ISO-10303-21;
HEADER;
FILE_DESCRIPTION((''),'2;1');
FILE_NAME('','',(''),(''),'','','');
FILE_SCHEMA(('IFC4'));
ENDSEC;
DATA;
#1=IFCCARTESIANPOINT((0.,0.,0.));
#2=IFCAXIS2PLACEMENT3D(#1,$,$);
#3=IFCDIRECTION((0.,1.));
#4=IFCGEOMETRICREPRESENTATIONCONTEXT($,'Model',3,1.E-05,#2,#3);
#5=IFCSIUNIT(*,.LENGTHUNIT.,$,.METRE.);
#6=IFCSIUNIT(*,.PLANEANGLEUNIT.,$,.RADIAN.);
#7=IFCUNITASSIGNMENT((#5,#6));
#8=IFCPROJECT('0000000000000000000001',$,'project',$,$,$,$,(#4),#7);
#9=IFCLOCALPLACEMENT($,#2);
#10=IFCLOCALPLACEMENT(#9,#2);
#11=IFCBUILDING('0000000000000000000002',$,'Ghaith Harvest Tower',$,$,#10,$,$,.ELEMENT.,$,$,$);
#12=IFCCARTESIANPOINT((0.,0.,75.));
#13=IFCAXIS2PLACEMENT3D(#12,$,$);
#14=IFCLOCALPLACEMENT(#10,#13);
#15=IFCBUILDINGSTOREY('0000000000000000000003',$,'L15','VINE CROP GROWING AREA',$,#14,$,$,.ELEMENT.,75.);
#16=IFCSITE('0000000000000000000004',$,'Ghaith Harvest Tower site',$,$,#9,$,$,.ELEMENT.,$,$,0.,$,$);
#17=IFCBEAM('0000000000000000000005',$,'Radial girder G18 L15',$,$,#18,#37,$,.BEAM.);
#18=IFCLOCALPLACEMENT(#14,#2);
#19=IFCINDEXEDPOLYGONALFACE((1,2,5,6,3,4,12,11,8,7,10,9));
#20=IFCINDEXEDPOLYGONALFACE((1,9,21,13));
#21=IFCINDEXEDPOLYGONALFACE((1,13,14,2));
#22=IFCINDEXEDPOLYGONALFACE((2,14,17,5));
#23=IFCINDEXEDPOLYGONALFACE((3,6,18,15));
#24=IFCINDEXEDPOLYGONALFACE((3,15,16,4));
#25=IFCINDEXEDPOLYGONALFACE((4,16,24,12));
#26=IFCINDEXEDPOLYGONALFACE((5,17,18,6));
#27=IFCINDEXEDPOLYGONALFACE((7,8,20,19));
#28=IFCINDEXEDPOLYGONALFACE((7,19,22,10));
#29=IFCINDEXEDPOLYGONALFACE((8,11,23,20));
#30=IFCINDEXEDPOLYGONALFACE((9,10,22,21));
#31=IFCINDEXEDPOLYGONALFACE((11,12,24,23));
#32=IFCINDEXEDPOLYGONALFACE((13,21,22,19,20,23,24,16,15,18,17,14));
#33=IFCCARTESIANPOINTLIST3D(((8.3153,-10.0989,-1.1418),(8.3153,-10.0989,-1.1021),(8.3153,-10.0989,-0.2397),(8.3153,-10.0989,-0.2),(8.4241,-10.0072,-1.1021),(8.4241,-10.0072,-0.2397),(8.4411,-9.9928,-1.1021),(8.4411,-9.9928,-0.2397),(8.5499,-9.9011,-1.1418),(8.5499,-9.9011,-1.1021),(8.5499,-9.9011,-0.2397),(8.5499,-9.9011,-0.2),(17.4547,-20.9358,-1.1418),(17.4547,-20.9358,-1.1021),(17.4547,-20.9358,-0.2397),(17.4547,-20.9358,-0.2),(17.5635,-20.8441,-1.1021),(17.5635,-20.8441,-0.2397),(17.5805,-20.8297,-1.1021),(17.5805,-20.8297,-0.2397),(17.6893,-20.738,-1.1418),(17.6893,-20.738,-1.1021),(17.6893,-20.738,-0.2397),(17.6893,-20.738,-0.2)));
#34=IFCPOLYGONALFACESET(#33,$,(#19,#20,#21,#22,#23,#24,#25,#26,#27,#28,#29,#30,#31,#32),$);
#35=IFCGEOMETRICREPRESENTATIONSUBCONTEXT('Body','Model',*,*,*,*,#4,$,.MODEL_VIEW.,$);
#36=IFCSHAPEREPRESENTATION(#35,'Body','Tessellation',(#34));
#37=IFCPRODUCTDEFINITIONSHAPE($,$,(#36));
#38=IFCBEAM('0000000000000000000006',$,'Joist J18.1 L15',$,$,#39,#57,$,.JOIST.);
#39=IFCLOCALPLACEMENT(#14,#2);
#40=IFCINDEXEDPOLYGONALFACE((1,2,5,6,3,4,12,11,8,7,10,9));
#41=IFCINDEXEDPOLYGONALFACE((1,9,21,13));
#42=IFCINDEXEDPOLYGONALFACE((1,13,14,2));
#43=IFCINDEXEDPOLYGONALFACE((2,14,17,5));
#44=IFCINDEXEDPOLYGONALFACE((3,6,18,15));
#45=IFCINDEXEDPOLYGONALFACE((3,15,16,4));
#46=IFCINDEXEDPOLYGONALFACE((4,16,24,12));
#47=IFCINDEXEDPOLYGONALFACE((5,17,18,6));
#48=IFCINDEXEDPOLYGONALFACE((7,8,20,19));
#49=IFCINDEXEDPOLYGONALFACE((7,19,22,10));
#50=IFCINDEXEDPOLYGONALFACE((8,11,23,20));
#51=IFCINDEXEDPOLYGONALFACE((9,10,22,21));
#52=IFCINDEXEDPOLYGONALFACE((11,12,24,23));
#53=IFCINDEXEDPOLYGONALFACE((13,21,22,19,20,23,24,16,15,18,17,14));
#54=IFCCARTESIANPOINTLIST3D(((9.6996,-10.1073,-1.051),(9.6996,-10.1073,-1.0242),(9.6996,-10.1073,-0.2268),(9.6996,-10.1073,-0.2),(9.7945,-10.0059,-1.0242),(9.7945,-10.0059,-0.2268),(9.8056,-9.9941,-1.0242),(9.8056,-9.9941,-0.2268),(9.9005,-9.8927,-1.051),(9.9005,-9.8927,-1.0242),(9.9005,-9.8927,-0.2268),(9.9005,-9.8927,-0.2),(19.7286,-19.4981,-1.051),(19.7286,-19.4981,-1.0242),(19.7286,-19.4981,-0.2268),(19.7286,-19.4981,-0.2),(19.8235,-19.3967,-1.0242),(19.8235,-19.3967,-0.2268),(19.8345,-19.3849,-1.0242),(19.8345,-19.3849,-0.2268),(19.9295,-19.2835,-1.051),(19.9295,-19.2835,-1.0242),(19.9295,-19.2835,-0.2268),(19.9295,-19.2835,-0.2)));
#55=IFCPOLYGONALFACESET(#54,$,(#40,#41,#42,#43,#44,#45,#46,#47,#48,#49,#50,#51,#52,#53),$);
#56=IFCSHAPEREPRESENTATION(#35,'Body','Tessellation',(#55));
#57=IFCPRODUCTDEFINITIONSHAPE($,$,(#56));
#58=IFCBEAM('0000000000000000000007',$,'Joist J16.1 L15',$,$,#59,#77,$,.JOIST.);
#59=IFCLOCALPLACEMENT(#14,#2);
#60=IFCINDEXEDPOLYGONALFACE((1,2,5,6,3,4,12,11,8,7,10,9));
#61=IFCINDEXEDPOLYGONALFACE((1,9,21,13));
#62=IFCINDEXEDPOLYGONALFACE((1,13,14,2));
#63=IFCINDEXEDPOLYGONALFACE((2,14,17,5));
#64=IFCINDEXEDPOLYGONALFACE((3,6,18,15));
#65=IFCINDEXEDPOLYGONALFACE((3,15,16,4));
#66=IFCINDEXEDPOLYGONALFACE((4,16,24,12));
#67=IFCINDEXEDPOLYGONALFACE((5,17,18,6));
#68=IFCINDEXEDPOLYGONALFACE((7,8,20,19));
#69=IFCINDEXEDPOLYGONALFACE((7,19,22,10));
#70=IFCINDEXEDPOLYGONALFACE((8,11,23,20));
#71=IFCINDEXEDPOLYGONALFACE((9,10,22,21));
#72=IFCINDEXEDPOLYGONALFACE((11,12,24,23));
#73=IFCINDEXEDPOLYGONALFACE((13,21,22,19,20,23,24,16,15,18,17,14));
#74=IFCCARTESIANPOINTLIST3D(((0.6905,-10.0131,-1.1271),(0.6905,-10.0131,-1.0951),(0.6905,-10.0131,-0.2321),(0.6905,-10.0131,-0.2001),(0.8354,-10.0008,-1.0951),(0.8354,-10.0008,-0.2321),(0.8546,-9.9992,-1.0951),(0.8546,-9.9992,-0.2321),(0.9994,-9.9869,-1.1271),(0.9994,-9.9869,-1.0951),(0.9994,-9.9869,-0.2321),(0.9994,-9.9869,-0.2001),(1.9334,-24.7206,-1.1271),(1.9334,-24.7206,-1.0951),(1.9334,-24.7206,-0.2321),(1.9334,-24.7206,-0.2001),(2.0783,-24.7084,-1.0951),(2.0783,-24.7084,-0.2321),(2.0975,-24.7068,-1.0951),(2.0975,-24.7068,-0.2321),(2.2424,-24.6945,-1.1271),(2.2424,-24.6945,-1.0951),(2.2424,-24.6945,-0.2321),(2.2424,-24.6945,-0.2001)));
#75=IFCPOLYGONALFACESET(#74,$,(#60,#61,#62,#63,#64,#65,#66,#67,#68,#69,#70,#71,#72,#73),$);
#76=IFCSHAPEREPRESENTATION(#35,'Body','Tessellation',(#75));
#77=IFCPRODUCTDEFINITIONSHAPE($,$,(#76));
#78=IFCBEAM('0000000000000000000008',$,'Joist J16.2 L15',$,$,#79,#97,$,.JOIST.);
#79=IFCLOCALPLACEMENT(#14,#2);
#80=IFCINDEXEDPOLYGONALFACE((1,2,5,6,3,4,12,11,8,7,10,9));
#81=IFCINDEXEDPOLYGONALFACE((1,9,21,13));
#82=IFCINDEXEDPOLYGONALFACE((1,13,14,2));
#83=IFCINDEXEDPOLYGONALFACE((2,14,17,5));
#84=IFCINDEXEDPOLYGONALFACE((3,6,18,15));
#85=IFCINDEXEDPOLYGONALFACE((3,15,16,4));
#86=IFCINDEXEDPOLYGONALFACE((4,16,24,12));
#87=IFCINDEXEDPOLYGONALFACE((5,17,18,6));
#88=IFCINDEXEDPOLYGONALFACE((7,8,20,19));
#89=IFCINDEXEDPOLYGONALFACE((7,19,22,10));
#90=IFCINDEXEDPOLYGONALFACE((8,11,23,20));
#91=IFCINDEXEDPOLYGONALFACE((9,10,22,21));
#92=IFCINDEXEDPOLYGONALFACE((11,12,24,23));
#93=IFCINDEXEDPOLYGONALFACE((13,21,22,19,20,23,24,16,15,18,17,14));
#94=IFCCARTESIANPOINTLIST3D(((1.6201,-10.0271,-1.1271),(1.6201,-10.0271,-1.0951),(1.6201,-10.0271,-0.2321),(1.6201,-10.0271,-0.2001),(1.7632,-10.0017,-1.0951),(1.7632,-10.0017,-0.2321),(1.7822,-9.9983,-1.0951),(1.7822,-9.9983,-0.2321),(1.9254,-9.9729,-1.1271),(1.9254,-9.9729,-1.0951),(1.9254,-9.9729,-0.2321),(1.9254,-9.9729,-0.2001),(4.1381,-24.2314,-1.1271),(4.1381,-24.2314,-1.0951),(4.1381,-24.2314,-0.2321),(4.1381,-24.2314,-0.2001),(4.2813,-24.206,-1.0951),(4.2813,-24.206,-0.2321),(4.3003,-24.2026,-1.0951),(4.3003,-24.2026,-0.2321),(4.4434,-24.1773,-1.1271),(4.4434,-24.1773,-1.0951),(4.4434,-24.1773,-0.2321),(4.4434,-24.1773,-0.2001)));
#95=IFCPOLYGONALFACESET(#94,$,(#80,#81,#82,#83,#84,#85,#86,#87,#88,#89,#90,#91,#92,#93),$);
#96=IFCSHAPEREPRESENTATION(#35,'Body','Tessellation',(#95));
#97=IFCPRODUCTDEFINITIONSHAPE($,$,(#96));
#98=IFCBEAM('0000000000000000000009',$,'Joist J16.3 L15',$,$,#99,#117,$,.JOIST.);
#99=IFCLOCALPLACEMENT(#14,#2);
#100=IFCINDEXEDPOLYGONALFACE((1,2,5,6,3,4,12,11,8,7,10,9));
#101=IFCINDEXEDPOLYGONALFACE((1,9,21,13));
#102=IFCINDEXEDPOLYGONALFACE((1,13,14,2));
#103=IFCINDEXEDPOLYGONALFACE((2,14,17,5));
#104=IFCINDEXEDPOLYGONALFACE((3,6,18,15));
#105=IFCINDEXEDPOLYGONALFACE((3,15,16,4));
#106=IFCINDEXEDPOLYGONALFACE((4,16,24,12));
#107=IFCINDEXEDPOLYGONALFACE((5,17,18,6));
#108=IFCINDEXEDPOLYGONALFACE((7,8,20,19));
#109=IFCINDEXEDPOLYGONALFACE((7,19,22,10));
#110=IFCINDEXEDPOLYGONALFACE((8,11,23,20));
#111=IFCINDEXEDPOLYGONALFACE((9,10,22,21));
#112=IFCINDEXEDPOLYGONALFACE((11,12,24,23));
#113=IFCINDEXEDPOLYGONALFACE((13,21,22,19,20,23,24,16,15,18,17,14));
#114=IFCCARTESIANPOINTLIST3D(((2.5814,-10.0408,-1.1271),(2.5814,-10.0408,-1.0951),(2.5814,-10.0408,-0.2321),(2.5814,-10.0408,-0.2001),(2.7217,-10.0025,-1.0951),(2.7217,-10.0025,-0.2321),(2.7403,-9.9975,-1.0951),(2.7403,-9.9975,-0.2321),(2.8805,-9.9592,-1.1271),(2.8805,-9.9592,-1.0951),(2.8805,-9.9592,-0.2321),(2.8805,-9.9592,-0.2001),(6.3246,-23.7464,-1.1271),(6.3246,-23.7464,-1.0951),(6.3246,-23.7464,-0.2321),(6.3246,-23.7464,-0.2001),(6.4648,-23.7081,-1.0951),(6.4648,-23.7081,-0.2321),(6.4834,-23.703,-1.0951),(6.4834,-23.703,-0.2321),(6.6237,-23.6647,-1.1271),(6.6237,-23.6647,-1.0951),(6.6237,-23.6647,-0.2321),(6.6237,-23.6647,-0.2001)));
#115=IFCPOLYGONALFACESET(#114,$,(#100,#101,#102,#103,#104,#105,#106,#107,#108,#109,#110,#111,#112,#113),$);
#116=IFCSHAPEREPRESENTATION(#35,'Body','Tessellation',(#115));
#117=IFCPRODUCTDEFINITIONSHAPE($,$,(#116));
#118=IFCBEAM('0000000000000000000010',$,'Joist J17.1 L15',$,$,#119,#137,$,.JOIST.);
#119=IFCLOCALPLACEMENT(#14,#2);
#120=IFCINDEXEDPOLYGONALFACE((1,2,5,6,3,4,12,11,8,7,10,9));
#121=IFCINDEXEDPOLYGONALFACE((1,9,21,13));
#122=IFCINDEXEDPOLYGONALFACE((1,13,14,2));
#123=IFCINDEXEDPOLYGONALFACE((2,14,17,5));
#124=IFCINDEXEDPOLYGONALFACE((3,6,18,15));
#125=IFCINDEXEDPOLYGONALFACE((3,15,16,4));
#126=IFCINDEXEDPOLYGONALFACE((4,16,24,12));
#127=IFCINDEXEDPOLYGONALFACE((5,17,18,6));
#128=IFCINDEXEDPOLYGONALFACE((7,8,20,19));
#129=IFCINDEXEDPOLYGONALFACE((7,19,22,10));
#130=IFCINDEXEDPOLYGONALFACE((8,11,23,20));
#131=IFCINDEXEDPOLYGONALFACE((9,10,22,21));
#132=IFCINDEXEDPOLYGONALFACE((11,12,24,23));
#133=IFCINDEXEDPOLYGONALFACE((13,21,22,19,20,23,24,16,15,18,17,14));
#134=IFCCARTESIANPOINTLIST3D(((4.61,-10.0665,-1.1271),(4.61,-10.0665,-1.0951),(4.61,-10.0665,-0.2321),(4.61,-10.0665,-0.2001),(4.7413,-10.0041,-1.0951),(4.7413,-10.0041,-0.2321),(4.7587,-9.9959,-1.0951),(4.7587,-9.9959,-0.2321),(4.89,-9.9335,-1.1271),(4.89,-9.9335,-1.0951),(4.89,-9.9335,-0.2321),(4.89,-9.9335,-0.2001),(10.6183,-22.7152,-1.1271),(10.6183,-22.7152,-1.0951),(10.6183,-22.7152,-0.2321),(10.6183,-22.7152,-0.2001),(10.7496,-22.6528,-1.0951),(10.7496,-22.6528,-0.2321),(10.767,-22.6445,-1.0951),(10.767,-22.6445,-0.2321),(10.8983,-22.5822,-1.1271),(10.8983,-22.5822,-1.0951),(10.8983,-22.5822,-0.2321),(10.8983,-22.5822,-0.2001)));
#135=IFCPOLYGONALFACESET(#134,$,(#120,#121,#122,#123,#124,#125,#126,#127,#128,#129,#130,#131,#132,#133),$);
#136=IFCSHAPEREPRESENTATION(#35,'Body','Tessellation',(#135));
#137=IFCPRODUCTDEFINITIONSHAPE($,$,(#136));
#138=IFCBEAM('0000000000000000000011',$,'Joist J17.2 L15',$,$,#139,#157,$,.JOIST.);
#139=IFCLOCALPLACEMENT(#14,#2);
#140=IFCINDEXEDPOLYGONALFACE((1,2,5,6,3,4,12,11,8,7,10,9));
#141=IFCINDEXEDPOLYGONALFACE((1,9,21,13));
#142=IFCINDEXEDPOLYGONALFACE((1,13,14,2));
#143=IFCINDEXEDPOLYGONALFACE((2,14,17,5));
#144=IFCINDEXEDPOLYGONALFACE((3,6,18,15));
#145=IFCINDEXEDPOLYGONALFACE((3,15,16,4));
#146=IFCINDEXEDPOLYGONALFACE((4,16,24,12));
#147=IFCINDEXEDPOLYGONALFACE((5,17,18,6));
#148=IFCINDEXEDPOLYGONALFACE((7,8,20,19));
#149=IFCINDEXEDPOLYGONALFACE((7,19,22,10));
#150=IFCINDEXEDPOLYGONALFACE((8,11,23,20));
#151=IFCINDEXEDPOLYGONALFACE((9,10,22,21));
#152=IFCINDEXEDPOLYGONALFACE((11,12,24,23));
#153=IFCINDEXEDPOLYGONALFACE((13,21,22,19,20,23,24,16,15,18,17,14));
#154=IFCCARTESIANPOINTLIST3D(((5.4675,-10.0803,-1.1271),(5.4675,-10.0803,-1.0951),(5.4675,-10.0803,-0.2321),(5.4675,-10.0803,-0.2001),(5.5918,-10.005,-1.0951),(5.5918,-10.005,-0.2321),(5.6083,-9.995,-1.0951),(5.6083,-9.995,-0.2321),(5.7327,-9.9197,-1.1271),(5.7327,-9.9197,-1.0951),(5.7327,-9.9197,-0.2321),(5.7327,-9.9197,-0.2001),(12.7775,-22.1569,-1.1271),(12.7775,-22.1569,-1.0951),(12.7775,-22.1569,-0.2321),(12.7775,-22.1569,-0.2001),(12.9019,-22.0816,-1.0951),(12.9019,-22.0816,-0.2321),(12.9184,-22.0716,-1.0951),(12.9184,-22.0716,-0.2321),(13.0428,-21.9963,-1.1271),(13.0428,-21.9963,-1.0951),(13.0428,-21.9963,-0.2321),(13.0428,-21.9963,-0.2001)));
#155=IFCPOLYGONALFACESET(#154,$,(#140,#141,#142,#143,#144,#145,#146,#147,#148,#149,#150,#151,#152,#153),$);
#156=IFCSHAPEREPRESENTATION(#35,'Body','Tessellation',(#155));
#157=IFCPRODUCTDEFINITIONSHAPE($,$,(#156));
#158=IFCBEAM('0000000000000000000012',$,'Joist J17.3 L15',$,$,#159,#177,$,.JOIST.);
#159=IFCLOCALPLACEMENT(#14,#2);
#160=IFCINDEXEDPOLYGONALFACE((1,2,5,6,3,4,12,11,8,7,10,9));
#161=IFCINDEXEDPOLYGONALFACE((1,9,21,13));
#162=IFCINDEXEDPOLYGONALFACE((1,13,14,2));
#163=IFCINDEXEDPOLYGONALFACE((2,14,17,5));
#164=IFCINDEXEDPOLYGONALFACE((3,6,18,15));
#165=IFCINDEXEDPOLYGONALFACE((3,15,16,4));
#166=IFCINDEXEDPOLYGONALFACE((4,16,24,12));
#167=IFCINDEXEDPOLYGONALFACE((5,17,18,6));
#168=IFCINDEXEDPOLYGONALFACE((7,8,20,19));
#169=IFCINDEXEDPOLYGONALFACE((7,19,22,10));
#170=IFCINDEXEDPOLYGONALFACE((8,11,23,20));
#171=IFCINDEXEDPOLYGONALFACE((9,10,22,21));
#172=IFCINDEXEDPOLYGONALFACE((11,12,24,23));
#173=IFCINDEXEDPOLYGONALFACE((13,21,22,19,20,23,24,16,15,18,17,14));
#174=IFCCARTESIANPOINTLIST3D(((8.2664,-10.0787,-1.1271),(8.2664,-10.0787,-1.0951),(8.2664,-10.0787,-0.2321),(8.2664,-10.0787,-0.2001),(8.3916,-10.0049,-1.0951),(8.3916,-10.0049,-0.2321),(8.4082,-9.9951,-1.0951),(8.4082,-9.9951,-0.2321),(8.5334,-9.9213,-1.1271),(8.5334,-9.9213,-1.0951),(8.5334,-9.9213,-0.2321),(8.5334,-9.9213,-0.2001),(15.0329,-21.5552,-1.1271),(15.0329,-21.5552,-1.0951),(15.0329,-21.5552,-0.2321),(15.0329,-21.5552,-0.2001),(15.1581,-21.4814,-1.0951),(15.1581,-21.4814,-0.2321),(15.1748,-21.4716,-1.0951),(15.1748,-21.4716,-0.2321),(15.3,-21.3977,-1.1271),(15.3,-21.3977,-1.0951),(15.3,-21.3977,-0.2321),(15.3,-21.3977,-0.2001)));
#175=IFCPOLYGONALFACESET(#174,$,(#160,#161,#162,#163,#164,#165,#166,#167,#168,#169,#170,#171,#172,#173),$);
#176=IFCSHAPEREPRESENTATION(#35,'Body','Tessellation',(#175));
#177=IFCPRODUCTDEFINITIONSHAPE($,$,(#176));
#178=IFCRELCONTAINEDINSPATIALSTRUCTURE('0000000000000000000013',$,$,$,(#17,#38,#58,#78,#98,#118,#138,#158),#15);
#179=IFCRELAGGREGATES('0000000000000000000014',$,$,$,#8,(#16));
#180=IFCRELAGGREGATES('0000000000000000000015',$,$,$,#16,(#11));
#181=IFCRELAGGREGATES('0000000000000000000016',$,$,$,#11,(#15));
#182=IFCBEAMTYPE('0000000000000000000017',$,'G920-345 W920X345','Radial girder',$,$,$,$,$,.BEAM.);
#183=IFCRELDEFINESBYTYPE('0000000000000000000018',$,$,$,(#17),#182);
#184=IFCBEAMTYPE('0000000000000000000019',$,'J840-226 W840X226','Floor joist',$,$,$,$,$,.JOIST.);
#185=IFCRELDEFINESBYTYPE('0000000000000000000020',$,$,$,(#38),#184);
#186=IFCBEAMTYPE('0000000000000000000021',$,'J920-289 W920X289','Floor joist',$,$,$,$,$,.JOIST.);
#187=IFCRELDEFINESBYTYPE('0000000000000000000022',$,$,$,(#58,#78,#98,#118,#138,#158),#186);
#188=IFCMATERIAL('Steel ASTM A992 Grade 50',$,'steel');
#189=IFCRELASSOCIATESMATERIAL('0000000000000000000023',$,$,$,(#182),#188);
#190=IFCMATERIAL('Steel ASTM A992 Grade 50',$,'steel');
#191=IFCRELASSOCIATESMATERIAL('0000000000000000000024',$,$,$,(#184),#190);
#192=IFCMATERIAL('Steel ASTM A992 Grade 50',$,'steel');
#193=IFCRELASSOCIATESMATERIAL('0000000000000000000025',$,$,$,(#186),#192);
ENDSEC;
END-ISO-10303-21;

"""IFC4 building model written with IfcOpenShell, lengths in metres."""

from ifc_helpers import new_model, si_unit, direction, frame, origin, origin_2d, place, context, subcontext, project, spatial, i_section, extrude, material, material_profile, profile_set, type_object, element, save


model = new_model("IFC4")

# Units and contexts
model_context = context("Model", 3, precision=1e-05, world=origin(), true_north=direction((0.0, 1.0)))
body_context = subcontext(model_context, "Body", "Model", "MODEL_VIEW")
ifc_project = project(units=[si_unit("LENGTHUNIT", "METRE"), si_unit("PLANEANGLEUNIT", "RADIAN")], contexts=[model_context])

# Site, building, storey
site_placement = place(None, origin())
site = spatial("IfcSite", under=ifc_project, at=site_placement, Name="Ghaith Harvest Tower site", CompositionType="ELEMENT", RefElevation=0.0)
building_placement = place(site_placement, origin())
building = spatial("IfcBuilding", under=site, at=building_placement, Name="Ghaith Harvest Tower", CompositionType="ELEMENT")
storey_placement = place(building_placement, frame((0.0, 0.0, 75.0)))
storey = spatial("IfcBuildingStorey", under=building, at=storey_placement, Name="L15", Description="VINE CROP GROWING AREA", CompositionType="ELEMENT", Elevation=75.0)

# Beams
ifc_material_1 = material(Name="Steel ASTM A992 Grade 50", Category="steel")
ifc_material_profile_1 = material_profile(ifc_material_1, i_section(OverallWidth=0.3069, OverallDepth=0.9419, WebThickness=0.0222, FlangeThickness=0.0398, at=origin_2d()), Name="W920X345")
ifc_profile_set_1 = profile_set([ifc_material_profile_1], Name="Steel ASTM A992 Grade 50")
beam_type_1 = type_object("IfcBeamType", Name="G920-345 W920X345", Description="Radial girder", PredefinedType="BEAM", material=ifc_profile_set_1)
beam_1_placement = place(storey_placement, frame((8.4326, -10.0, -0.6709), z_axis=(0.644696, -0.764439, 0.0), x_axis=(0.764439, 0.644696, 0.0)))
element("IfcBeam", 1, at=beam_1_placement, inside=storey, type_object=beam_type_1, Name="Radial girder G18 L15", PredefinedType="BEAM", context=body_context, shape_type="SweptSolid", body=[
    extrude(i_section(OverallWidth=0.3069, OverallDepth=0.9419, WebThickness=0.0222, FlangeThickness=0.0398, at=origin_2d()), origin(), (0.0, 0.0, 1.0), 14.1763),
])
ifc_material_2 = material(Name="Steel ASTM A992 Grade 50", Category="steel")
ifc_material_profile_2 = material_profile(ifc_material_2, i_section(OverallWidth=0.2939, OverallDepth=0.8511, WebThickness=0.0161, FlangeThickness=0.0269, at=origin_2d()), Name="W840X226")
ifc_profile_set_2 = profile_set([ifc_material_profile_2], Name="Steel ASTM A992 Grade 50")
beam_type_2 = type_object("IfcBeamType", Name="J840-226 W840X226", Description="Floor joist", PredefinedType="JOIST", material=ifc_profile_set_2)
beam_2_placement = place(storey_placement, frame((9.8, -10.0, -0.6255), z_axis=(0.72995, -0.683501, 0.0), x_axis=(0.683501, 0.72995, 0.0)))
element("IfcBeam", 2, at=beam_2_placement, inside=storey, type_object=beam_type_2, Name="Joist J18.1 L15", PredefinedType="JOIST", context=body_context, shape_type="SweptSolid", body=[
    extrude(i_section(OverallWidth=0.2939, OverallDepth=0.8511, WebThickness=0.0161, FlangeThickness=0.0269, at=origin_2d()), origin(), (0.0, 0.0, 1.0), 13.7393),
])
ifc_material_3 = material(Name="Steel ASTM A992 Grade 50", Category="steel")
ifc_material_profile_3 = material_profile(ifc_material_3, i_section(OverallWidth=0.3101, OverallDepth=0.927, WebThickness=0.0193, FlangeThickness=0.032, at=origin_2d()), Name="W920X289")
ifc_profile_set_3 = profile_set([ifc_material_profile_3], Name="Steel ASTM A992 Grade 50")
beam_type_3 = type_object("IfcBeamType", Name="J920-289 W920X289", Description="Floor joist", PredefinedType="JOIST", material=ifc_profile_set_3)
beam_3_placement = place(storey_placement, frame((0.845, -10.0, -0.6636), z_axis=(0.084209, -0.996448, 0.0), x_axis=(0.996448, 0.084209, 0.0)))
element("IfcBeam", 3, at=beam_3_placement, inside=storey, type_object=beam_type_3, Name="Joist J16.1 L15", PredefinedType="JOIST", context=body_context, shape_type="SweptSolid", body=[
    extrude(i_section(OverallWidth=0.3101, OverallDepth=0.927, WebThickness=0.0193, FlangeThickness=0.032, at=origin_2d()), origin(), (0.0, 0.0, 1.0), 14.76),
])
beam_4_placement = place(storey_placement, frame((1.7727, -10.0, -0.6636), z_axis=(0.174553, -0.984648, 0.0), x_axis=(0.984648, 0.174553, 0.0)))
element("IfcBeam", 4, at=beam_4_placement, inside=storey, type_object=beam_type_3, Name="Joist J16.2 L15", PredefinedType="JOIST", context=body_context, shape_type="SweptSolid", body=[
    extrude(i_section(OverallWidth=0.3101, OverallDepth=0.927, WebThickness=0.0193, FlangeThickness=0.032, at=origin_2d()), origin(), (0.0, 0.0, 1.0), 14.4258),
])
beam_5_placement = place(storey_placement, frame((2.731, -10.0, -0.6636), z_axis=(0.263463, -0.964669, 0.0), x_axis=(0.964669, 0.263463, 0.0)))
element("IfcBeam", 5, at=beam_5_placement, inside=storey, type_object=beam_type_3, Name="Joist J16.3 L15", PredefinedType="JOIST", context=body_context, shape_type="SweptSolid", body=[
    extrude(i_section(OverallWidth=0.3101, OverallDepth=0.927, WebThickness=0.0193, FlangeThickness=0.032, at=origin_2d()), origin(), (0.0, 0.0, 1.0), 14.2075),
])
beam_6_placement = place(storey_placement, frame((4.75, -10.0, -0.6636), z_axis=(0.429067, -0.903273, 0.0), x_axis=(0.903273, 0.429067, 0.0)))
element("IfcBeam", 6, at=beam_6_placement, inside=storey, type_object=beam_type_3, Name="Joist J17.1 L15", PredefinedType="JOIST", context=body_context, shape_type="SweptSolid", body=[
    extrude(i_section(OverallWidth=0.3101, OverallDepth=0.927, WebThickness=0.0193, FlangeThickness=0.032, at=origin_2d()), origin(), (0.0, 0.0, 1.0), 14.0032),
])
beam_7_placement = place(storey_placement, frame((5.6001, -10.0, -0.6636), z_axis=(0.517829, -0.855484, 0.0), x_axis=(0.855484, 0.517829, 0.0)))
element("IfcBeam", 7, at=beam_7_placement, inside=storey, type_object=beam_type_3, Name="Joist J17.2 L15", PredefinedType="JOIST", context=body_context, shape_type="SweptSolid", body=[
    extrude(i_section(OverallWidth=0.3101, OverallDepth=0.927, WebThickness=0.0193, FlangeThickness=0.032, at=origin_2d()), origin(), (0.0, 0.0, 1.0), 14.1167),
])
beam_8_placement = place(storey_placement, frame((8.3999, -10.0, -0.6636), z_axis=(0.507894, -0.861419, 0.0), x_axis=(0.861419, 0.507894, 0.0)))
element("IfcBeam", 8, at=beam_8_placement, inside=storey, type_object=beam_type_3, Name="Joist J17.3 L15", PredefinedType="JOIST", context=body_context, shape_type="SweptSolid", body=[
    extrude(i_section(OverallWidth=0.3101, OverallDepth=0.927, WebThickness=0.0193, FlangeThickness=0.032, at=origin_2d()), origin(), (0.0, 0.0, 1.0), 13.3228),
])

save(model, "model.ifc")
